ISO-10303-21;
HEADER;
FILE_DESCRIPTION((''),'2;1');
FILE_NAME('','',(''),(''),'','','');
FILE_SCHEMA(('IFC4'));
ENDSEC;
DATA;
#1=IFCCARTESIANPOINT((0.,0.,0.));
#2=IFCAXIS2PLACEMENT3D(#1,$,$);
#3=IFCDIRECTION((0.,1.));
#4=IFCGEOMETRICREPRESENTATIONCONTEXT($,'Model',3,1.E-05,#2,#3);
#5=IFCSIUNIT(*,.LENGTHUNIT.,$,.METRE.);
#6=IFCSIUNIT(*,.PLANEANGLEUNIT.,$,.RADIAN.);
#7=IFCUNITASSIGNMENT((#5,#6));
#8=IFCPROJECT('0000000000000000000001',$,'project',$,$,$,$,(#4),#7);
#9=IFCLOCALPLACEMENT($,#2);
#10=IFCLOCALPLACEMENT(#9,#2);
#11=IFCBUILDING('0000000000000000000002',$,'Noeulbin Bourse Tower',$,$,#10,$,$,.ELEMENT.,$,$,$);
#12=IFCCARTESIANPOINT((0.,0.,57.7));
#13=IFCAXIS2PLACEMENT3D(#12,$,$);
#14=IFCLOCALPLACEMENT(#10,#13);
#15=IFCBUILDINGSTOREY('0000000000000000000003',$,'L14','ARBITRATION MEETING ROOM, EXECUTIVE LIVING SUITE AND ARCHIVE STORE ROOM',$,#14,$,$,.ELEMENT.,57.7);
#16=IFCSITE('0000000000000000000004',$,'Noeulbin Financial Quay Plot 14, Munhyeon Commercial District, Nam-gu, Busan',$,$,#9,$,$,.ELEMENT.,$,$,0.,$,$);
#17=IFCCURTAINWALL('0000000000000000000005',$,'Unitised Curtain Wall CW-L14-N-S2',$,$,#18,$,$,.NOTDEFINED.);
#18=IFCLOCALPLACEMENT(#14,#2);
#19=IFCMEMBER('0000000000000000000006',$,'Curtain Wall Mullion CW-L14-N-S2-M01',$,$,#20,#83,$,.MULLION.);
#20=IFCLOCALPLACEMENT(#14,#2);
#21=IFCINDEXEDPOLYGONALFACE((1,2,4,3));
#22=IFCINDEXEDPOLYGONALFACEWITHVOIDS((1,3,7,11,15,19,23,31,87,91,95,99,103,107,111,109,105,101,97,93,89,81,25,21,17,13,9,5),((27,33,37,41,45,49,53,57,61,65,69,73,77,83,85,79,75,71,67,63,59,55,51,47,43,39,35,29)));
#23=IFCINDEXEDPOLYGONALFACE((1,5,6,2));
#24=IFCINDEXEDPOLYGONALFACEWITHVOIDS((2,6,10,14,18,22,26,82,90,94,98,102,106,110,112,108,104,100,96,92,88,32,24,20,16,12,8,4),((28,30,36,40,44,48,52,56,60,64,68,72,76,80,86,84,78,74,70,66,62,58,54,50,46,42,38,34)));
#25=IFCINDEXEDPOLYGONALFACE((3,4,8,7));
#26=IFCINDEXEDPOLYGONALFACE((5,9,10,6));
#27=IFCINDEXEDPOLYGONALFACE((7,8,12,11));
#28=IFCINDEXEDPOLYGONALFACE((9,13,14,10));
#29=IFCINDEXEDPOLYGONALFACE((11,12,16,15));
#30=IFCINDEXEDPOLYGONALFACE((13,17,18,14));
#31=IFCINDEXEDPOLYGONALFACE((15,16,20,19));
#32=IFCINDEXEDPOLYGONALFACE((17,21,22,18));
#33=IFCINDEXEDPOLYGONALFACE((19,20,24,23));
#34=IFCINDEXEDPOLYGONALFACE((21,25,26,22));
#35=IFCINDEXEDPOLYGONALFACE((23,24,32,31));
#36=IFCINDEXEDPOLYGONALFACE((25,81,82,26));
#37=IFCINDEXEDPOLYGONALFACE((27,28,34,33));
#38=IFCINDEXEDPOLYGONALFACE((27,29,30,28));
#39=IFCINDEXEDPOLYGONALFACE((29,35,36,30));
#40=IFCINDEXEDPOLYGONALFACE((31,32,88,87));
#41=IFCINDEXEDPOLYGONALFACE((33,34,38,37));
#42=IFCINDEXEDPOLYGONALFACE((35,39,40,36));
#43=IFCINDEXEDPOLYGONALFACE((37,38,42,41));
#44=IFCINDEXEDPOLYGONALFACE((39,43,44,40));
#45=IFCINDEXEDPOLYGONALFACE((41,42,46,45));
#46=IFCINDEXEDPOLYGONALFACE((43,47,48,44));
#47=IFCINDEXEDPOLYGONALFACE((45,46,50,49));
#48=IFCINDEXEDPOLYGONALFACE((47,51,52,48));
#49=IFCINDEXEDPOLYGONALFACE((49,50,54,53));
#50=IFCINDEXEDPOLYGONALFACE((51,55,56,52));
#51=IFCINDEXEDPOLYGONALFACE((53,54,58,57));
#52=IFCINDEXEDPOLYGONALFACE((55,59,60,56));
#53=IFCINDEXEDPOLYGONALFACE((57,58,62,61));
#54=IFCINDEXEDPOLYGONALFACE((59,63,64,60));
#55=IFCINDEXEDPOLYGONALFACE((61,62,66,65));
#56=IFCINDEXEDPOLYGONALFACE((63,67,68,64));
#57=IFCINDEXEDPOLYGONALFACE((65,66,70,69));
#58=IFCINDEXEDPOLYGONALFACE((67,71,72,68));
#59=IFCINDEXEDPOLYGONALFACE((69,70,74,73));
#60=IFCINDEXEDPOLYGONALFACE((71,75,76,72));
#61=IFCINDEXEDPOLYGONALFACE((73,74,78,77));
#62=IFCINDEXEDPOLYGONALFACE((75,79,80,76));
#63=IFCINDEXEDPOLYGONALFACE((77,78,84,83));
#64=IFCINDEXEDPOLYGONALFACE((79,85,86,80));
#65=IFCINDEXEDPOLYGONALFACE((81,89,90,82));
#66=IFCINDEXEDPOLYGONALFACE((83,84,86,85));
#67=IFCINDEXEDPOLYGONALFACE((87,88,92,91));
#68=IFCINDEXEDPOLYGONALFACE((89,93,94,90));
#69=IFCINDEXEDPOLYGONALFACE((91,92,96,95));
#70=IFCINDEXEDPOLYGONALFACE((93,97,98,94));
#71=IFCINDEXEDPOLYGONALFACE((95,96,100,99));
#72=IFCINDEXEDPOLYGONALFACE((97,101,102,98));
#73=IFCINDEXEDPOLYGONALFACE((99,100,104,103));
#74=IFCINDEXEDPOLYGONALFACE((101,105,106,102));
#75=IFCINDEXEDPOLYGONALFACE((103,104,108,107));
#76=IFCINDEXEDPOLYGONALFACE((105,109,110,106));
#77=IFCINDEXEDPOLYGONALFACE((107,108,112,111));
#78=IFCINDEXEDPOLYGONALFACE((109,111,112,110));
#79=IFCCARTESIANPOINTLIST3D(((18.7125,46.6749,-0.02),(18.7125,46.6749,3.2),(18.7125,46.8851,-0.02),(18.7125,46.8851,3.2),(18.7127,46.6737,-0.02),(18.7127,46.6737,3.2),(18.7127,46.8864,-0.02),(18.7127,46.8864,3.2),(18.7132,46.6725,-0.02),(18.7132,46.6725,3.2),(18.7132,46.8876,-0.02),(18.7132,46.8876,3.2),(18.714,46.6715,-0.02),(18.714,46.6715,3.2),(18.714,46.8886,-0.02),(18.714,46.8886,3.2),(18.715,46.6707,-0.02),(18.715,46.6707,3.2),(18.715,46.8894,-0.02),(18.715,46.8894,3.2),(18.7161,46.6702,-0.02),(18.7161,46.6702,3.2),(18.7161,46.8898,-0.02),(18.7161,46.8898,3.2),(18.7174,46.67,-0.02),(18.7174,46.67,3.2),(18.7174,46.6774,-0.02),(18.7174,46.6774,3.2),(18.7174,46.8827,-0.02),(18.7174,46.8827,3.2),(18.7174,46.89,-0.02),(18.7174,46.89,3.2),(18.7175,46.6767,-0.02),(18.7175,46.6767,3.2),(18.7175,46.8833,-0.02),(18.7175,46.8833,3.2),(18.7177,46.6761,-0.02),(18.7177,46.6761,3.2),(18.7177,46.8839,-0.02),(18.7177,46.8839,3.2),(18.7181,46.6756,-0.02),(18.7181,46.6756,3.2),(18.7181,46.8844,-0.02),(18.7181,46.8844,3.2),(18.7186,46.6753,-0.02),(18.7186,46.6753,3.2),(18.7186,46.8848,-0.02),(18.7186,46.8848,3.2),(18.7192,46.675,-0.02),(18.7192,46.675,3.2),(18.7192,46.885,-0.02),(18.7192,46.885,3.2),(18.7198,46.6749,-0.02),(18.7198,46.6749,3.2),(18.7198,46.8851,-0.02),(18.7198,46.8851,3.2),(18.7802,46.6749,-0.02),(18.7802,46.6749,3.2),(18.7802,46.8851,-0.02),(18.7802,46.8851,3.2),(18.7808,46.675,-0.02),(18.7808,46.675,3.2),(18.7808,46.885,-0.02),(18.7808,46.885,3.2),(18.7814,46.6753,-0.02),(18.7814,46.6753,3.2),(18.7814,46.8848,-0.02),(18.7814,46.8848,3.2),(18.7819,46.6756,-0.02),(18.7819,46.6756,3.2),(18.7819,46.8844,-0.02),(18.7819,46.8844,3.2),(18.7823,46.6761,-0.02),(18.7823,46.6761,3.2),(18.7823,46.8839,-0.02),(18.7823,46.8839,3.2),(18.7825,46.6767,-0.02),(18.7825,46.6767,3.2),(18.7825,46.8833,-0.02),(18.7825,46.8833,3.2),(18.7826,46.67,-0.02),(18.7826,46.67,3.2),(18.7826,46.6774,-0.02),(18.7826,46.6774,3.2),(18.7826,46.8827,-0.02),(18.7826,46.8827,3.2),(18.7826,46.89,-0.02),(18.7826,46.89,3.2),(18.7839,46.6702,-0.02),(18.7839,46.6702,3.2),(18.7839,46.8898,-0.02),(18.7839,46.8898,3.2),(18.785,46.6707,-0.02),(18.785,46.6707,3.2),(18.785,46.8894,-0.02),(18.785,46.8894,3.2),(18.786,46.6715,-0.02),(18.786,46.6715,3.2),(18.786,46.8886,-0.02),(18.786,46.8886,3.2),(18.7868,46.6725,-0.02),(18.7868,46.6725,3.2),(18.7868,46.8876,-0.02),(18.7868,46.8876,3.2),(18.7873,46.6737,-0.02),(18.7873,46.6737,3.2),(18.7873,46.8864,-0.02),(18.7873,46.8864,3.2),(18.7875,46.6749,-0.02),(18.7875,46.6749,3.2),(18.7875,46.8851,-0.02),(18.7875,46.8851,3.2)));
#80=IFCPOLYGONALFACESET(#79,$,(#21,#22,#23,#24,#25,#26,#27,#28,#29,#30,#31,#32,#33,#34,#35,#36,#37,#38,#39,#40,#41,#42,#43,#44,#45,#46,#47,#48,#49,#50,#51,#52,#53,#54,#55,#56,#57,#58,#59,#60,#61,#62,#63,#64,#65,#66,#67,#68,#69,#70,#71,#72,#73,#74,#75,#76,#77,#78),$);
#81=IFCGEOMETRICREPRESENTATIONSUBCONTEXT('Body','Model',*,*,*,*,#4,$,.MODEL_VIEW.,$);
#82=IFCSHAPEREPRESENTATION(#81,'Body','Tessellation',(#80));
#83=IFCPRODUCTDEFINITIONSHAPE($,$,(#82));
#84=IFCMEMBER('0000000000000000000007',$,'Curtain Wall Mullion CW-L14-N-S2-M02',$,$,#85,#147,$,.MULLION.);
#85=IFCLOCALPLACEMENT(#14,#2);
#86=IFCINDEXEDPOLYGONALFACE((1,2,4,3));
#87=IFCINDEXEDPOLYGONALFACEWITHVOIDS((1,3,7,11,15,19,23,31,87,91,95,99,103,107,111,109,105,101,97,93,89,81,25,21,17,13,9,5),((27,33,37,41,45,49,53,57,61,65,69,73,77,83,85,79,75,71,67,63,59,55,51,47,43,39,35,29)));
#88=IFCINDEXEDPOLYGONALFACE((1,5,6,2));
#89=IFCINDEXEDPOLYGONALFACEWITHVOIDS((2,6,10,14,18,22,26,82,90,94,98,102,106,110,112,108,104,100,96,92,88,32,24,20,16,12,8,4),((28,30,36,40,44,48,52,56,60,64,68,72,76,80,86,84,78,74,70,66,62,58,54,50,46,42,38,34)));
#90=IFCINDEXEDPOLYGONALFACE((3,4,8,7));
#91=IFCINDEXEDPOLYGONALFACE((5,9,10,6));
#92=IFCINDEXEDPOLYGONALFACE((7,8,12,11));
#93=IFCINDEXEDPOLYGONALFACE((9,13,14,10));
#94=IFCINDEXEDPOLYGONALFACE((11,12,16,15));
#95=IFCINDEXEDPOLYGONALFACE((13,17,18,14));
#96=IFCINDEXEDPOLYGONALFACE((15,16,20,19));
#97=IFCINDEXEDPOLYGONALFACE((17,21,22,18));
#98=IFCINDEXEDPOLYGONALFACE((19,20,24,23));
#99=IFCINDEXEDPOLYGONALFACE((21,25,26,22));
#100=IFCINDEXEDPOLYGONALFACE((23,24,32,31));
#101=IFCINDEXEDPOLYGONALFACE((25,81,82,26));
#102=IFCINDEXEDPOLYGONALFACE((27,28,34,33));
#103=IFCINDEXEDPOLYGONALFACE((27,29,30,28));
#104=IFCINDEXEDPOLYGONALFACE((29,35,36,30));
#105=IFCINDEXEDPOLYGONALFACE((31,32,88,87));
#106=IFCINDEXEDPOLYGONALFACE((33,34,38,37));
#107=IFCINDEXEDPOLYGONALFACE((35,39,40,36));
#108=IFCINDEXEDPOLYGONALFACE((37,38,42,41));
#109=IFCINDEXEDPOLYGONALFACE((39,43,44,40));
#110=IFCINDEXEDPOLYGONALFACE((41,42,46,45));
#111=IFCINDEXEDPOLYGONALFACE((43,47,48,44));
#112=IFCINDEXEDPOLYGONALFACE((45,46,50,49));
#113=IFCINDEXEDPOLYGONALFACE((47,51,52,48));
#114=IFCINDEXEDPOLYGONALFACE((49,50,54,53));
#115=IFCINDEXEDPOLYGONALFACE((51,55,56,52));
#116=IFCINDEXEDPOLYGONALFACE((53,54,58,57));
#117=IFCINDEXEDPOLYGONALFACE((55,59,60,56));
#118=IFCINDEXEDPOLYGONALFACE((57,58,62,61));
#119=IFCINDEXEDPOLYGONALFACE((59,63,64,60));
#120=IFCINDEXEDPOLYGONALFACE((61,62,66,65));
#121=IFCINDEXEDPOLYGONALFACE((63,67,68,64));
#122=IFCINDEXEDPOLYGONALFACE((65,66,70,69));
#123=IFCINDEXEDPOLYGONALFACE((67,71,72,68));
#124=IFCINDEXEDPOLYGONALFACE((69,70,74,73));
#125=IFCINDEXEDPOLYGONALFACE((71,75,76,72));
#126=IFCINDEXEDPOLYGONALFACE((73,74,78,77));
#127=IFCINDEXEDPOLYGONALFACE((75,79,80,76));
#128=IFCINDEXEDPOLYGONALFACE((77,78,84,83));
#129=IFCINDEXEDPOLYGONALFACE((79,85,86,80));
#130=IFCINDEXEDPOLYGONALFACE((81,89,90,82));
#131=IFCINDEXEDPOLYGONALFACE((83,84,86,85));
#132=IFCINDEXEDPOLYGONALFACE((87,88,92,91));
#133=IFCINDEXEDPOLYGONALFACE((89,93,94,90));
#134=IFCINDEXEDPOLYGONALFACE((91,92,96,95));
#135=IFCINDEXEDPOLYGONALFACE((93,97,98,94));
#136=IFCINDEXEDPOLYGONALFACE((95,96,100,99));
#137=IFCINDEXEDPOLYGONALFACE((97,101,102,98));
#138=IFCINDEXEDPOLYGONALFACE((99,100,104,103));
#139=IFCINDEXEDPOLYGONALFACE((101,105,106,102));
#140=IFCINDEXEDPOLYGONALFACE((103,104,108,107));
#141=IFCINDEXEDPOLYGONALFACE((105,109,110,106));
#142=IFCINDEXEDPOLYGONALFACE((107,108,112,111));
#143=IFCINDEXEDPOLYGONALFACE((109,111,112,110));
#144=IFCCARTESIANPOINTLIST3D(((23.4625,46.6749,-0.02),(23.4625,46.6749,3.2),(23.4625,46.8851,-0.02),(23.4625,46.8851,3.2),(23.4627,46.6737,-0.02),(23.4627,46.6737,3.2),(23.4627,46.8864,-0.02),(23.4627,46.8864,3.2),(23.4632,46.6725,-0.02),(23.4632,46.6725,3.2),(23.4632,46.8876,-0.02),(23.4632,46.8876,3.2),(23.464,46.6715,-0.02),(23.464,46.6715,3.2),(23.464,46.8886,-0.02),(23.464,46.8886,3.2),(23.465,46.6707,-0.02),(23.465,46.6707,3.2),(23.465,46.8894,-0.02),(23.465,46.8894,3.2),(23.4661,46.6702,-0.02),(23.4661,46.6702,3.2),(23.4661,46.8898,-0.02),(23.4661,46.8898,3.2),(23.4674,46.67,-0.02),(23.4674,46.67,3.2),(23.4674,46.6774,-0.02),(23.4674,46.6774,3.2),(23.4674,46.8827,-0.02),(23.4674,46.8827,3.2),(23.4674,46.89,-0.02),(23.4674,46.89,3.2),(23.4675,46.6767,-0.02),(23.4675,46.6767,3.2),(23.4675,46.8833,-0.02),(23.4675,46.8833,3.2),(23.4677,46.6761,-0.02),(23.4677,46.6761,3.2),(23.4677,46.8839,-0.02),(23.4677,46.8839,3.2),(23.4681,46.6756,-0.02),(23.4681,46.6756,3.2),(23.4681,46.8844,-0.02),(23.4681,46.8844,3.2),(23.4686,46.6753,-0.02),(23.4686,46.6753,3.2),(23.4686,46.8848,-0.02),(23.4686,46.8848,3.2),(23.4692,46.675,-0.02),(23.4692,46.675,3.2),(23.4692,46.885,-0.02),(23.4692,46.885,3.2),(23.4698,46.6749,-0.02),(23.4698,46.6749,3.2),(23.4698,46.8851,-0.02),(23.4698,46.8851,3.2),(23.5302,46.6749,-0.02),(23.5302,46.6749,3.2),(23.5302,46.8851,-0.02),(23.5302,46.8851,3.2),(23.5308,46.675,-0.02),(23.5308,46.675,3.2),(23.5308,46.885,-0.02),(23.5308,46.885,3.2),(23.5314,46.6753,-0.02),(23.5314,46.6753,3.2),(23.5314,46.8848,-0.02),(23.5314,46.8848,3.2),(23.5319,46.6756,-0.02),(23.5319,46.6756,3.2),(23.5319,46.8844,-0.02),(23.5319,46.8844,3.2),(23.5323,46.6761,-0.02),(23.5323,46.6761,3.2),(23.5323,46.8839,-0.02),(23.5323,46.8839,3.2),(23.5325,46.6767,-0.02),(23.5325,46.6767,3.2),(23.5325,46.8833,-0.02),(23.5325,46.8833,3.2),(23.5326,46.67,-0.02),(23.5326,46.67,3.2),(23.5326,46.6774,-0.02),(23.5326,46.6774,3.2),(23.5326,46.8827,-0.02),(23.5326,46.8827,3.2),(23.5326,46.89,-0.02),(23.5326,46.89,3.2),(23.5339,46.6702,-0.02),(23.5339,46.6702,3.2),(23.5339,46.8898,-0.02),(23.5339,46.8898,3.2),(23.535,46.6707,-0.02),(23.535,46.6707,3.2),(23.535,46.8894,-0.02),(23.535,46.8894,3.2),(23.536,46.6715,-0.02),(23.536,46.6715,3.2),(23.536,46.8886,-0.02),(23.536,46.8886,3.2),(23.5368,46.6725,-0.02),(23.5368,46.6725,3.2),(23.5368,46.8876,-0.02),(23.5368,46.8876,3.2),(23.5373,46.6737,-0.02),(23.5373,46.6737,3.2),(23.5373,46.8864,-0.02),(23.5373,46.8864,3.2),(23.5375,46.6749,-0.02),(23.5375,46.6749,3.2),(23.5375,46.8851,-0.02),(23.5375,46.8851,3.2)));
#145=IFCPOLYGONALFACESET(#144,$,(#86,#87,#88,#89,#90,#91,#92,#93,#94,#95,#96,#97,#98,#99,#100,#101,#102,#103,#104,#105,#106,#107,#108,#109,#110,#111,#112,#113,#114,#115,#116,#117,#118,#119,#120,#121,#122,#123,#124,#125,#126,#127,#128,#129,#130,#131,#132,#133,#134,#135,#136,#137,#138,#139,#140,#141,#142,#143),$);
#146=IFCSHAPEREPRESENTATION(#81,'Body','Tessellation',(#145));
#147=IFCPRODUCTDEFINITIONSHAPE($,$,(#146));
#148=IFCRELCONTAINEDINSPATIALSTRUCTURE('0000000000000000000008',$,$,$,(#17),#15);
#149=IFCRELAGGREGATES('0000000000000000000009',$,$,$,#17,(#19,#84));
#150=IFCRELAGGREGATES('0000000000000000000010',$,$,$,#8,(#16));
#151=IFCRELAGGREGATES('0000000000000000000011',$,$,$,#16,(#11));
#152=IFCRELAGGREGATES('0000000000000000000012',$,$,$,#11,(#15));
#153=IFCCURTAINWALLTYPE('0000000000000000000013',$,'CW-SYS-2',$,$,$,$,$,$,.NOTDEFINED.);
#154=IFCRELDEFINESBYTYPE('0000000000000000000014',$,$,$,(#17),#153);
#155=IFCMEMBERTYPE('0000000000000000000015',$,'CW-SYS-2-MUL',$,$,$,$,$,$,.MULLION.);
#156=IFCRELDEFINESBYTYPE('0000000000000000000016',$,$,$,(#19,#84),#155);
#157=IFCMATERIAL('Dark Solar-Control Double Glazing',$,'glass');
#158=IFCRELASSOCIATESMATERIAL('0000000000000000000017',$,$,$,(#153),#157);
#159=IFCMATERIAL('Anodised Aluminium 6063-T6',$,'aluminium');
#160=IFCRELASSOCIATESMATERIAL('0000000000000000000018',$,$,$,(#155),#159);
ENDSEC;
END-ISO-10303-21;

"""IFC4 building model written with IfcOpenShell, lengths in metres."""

from ifc_helpers import new_model, si_unit, direction, frame, origin, origin_2d, place, context, subcontext, project, spatial, hollow_rectangle, extrude, material, material_profile, profile_set, type_object, element, aggregate, save


model = new_model("IFC4")

# Units and contexts
model_context = context("Model", 3, precision=1e-05, world=origin(), true_north=direction((0.0, 1.0)))
body_context = subcontext(model_context, "Body", "Model", "MODEL_VIEW")
ifc_project = project(units=[si_unit("LENGTHUNIT", "METRE"), si_unit("PLANEANGLEUNIT", "RADIAN")], contexts=[model_context])

# Site, building, storey
site_placement = place(None, origin())
site = spatial("IfcSite", under=ifc_project, at=site_placement, Name="Noeulbin Financial Quay Plot 14, Munhyeon Commercial District, Nam-gu, Busan", CompositionType="ELEMENT", RefElevation=0.0)
building_placement = place(site_placement, origin())
building = spatial("IfcBuilding", under=site, at=building_placement, Name="Noeulbin Bourse Tower", CompositionType="ELEMENT")
storey_placement = place(building_placement, frame((0.0, 0.0, 57.7)))
storey = spatial("IfcBuildingStorey", under=building, at=storey_placement, Name="L14", Description="ARBITRATION MEETING ROOM, EXECUTIVE LIVING SUITE AND ARCHIVE STORE ROOM", CompositionType="ELEMENT", Elevation=57.7)

# Curtain wall, members
ifc_material_1 = material(Name="Dark Solar-Control Double Glazing", Category="glass")
curtain_wall_type = type_object("IfcCurtainWallType", Name="CW-SYS-2", PredefinedType="NOTDEFINED", material=ifc_material_1)
curtain_wall_1_placement = place(storey_placement, origin())
curtain_wall_1 = element("IfcCurtainWall", 1, at=curtain_wall_1_placement, inside=storey, type_object=curtain_wall_type, Name="Unitised Curtain Wall CW-L14-N-S2", PredefinedType="NOTDEFINED")
ifc_material_2 = material(Name="Anodised Aluminium 6063-T6", Category="aluminium")
ifc_material_profile_1 = material_profile(ifc_material_2, hollow_rectangle(XDim=0.075, YDim=0.22, WallThickness=0.0049, InnerFilletRadius=0.0024, OuterFilletRadius=0.0049, at=origin_2d()), Name="ALU-MULL-75x220x5", Category="LoadBearing")
ifc_profile_set_1 = profile_set([ifc_material_profile_1], Name="Anodised Aluminium 6063-T6")
member_type_1 = type_object("IfcMemberType", Name="CW-SYS-2-MUL", PredefinedType="MULLION", material=ifc_profile_set_1)
member_1_placement = place(storey_placement, frame((18.75, 46.78, -0.02), z_axis=(0.0, 0.0, 1.0), x_axis=(1.0, 0.0, 0.0)))
member_1 = element("IfcMember", 2, at=member_1_placement, type_object=member_type_1, Name="Curtain Wall Mullion CW-L14-N-S2-M01", PredefinedType="MULLION", context=body_context, shape_type="SweptSolid", body=[
    extrude(hollow_rectangle(XDim=0.075, YDim=0.22, WallThickness=0.0049, InnerFilletRadius=0.0024, OuterFilletRadius=0.0049, at=origin_2d()), origin(), (0.0, 0.0, 1.0), 3.22),
])
member_2_placement = place(storey_placement, frame((23.5, 46.78, -0.02), z_axis=(0.0, 0.0, 1.0), x_axis=(1.0, 0.0, 0.0)))
member_2 = element("IfcMember", 3, at=member_2_placement, type_object=member_type_1, Name="Curtain Wall Mullion CW-L14-N-S2-M02", PredefinedType="MULLION", context=body_context, shape_type="SweptSolid", body=[
    extrude(hollow_rectangle(XDim=0.075, YDim=0.22, WallThickness=0.0049, InnerFilletRadius=0.0024, OuterFilletRadius=0.0049, at=origin_2d()), origin(), (0.0, 0.0, 1.0), 3.22),
])

aggregate(curtain_wall_1, [member_1, member_2])

save(model, "model.ifc")
